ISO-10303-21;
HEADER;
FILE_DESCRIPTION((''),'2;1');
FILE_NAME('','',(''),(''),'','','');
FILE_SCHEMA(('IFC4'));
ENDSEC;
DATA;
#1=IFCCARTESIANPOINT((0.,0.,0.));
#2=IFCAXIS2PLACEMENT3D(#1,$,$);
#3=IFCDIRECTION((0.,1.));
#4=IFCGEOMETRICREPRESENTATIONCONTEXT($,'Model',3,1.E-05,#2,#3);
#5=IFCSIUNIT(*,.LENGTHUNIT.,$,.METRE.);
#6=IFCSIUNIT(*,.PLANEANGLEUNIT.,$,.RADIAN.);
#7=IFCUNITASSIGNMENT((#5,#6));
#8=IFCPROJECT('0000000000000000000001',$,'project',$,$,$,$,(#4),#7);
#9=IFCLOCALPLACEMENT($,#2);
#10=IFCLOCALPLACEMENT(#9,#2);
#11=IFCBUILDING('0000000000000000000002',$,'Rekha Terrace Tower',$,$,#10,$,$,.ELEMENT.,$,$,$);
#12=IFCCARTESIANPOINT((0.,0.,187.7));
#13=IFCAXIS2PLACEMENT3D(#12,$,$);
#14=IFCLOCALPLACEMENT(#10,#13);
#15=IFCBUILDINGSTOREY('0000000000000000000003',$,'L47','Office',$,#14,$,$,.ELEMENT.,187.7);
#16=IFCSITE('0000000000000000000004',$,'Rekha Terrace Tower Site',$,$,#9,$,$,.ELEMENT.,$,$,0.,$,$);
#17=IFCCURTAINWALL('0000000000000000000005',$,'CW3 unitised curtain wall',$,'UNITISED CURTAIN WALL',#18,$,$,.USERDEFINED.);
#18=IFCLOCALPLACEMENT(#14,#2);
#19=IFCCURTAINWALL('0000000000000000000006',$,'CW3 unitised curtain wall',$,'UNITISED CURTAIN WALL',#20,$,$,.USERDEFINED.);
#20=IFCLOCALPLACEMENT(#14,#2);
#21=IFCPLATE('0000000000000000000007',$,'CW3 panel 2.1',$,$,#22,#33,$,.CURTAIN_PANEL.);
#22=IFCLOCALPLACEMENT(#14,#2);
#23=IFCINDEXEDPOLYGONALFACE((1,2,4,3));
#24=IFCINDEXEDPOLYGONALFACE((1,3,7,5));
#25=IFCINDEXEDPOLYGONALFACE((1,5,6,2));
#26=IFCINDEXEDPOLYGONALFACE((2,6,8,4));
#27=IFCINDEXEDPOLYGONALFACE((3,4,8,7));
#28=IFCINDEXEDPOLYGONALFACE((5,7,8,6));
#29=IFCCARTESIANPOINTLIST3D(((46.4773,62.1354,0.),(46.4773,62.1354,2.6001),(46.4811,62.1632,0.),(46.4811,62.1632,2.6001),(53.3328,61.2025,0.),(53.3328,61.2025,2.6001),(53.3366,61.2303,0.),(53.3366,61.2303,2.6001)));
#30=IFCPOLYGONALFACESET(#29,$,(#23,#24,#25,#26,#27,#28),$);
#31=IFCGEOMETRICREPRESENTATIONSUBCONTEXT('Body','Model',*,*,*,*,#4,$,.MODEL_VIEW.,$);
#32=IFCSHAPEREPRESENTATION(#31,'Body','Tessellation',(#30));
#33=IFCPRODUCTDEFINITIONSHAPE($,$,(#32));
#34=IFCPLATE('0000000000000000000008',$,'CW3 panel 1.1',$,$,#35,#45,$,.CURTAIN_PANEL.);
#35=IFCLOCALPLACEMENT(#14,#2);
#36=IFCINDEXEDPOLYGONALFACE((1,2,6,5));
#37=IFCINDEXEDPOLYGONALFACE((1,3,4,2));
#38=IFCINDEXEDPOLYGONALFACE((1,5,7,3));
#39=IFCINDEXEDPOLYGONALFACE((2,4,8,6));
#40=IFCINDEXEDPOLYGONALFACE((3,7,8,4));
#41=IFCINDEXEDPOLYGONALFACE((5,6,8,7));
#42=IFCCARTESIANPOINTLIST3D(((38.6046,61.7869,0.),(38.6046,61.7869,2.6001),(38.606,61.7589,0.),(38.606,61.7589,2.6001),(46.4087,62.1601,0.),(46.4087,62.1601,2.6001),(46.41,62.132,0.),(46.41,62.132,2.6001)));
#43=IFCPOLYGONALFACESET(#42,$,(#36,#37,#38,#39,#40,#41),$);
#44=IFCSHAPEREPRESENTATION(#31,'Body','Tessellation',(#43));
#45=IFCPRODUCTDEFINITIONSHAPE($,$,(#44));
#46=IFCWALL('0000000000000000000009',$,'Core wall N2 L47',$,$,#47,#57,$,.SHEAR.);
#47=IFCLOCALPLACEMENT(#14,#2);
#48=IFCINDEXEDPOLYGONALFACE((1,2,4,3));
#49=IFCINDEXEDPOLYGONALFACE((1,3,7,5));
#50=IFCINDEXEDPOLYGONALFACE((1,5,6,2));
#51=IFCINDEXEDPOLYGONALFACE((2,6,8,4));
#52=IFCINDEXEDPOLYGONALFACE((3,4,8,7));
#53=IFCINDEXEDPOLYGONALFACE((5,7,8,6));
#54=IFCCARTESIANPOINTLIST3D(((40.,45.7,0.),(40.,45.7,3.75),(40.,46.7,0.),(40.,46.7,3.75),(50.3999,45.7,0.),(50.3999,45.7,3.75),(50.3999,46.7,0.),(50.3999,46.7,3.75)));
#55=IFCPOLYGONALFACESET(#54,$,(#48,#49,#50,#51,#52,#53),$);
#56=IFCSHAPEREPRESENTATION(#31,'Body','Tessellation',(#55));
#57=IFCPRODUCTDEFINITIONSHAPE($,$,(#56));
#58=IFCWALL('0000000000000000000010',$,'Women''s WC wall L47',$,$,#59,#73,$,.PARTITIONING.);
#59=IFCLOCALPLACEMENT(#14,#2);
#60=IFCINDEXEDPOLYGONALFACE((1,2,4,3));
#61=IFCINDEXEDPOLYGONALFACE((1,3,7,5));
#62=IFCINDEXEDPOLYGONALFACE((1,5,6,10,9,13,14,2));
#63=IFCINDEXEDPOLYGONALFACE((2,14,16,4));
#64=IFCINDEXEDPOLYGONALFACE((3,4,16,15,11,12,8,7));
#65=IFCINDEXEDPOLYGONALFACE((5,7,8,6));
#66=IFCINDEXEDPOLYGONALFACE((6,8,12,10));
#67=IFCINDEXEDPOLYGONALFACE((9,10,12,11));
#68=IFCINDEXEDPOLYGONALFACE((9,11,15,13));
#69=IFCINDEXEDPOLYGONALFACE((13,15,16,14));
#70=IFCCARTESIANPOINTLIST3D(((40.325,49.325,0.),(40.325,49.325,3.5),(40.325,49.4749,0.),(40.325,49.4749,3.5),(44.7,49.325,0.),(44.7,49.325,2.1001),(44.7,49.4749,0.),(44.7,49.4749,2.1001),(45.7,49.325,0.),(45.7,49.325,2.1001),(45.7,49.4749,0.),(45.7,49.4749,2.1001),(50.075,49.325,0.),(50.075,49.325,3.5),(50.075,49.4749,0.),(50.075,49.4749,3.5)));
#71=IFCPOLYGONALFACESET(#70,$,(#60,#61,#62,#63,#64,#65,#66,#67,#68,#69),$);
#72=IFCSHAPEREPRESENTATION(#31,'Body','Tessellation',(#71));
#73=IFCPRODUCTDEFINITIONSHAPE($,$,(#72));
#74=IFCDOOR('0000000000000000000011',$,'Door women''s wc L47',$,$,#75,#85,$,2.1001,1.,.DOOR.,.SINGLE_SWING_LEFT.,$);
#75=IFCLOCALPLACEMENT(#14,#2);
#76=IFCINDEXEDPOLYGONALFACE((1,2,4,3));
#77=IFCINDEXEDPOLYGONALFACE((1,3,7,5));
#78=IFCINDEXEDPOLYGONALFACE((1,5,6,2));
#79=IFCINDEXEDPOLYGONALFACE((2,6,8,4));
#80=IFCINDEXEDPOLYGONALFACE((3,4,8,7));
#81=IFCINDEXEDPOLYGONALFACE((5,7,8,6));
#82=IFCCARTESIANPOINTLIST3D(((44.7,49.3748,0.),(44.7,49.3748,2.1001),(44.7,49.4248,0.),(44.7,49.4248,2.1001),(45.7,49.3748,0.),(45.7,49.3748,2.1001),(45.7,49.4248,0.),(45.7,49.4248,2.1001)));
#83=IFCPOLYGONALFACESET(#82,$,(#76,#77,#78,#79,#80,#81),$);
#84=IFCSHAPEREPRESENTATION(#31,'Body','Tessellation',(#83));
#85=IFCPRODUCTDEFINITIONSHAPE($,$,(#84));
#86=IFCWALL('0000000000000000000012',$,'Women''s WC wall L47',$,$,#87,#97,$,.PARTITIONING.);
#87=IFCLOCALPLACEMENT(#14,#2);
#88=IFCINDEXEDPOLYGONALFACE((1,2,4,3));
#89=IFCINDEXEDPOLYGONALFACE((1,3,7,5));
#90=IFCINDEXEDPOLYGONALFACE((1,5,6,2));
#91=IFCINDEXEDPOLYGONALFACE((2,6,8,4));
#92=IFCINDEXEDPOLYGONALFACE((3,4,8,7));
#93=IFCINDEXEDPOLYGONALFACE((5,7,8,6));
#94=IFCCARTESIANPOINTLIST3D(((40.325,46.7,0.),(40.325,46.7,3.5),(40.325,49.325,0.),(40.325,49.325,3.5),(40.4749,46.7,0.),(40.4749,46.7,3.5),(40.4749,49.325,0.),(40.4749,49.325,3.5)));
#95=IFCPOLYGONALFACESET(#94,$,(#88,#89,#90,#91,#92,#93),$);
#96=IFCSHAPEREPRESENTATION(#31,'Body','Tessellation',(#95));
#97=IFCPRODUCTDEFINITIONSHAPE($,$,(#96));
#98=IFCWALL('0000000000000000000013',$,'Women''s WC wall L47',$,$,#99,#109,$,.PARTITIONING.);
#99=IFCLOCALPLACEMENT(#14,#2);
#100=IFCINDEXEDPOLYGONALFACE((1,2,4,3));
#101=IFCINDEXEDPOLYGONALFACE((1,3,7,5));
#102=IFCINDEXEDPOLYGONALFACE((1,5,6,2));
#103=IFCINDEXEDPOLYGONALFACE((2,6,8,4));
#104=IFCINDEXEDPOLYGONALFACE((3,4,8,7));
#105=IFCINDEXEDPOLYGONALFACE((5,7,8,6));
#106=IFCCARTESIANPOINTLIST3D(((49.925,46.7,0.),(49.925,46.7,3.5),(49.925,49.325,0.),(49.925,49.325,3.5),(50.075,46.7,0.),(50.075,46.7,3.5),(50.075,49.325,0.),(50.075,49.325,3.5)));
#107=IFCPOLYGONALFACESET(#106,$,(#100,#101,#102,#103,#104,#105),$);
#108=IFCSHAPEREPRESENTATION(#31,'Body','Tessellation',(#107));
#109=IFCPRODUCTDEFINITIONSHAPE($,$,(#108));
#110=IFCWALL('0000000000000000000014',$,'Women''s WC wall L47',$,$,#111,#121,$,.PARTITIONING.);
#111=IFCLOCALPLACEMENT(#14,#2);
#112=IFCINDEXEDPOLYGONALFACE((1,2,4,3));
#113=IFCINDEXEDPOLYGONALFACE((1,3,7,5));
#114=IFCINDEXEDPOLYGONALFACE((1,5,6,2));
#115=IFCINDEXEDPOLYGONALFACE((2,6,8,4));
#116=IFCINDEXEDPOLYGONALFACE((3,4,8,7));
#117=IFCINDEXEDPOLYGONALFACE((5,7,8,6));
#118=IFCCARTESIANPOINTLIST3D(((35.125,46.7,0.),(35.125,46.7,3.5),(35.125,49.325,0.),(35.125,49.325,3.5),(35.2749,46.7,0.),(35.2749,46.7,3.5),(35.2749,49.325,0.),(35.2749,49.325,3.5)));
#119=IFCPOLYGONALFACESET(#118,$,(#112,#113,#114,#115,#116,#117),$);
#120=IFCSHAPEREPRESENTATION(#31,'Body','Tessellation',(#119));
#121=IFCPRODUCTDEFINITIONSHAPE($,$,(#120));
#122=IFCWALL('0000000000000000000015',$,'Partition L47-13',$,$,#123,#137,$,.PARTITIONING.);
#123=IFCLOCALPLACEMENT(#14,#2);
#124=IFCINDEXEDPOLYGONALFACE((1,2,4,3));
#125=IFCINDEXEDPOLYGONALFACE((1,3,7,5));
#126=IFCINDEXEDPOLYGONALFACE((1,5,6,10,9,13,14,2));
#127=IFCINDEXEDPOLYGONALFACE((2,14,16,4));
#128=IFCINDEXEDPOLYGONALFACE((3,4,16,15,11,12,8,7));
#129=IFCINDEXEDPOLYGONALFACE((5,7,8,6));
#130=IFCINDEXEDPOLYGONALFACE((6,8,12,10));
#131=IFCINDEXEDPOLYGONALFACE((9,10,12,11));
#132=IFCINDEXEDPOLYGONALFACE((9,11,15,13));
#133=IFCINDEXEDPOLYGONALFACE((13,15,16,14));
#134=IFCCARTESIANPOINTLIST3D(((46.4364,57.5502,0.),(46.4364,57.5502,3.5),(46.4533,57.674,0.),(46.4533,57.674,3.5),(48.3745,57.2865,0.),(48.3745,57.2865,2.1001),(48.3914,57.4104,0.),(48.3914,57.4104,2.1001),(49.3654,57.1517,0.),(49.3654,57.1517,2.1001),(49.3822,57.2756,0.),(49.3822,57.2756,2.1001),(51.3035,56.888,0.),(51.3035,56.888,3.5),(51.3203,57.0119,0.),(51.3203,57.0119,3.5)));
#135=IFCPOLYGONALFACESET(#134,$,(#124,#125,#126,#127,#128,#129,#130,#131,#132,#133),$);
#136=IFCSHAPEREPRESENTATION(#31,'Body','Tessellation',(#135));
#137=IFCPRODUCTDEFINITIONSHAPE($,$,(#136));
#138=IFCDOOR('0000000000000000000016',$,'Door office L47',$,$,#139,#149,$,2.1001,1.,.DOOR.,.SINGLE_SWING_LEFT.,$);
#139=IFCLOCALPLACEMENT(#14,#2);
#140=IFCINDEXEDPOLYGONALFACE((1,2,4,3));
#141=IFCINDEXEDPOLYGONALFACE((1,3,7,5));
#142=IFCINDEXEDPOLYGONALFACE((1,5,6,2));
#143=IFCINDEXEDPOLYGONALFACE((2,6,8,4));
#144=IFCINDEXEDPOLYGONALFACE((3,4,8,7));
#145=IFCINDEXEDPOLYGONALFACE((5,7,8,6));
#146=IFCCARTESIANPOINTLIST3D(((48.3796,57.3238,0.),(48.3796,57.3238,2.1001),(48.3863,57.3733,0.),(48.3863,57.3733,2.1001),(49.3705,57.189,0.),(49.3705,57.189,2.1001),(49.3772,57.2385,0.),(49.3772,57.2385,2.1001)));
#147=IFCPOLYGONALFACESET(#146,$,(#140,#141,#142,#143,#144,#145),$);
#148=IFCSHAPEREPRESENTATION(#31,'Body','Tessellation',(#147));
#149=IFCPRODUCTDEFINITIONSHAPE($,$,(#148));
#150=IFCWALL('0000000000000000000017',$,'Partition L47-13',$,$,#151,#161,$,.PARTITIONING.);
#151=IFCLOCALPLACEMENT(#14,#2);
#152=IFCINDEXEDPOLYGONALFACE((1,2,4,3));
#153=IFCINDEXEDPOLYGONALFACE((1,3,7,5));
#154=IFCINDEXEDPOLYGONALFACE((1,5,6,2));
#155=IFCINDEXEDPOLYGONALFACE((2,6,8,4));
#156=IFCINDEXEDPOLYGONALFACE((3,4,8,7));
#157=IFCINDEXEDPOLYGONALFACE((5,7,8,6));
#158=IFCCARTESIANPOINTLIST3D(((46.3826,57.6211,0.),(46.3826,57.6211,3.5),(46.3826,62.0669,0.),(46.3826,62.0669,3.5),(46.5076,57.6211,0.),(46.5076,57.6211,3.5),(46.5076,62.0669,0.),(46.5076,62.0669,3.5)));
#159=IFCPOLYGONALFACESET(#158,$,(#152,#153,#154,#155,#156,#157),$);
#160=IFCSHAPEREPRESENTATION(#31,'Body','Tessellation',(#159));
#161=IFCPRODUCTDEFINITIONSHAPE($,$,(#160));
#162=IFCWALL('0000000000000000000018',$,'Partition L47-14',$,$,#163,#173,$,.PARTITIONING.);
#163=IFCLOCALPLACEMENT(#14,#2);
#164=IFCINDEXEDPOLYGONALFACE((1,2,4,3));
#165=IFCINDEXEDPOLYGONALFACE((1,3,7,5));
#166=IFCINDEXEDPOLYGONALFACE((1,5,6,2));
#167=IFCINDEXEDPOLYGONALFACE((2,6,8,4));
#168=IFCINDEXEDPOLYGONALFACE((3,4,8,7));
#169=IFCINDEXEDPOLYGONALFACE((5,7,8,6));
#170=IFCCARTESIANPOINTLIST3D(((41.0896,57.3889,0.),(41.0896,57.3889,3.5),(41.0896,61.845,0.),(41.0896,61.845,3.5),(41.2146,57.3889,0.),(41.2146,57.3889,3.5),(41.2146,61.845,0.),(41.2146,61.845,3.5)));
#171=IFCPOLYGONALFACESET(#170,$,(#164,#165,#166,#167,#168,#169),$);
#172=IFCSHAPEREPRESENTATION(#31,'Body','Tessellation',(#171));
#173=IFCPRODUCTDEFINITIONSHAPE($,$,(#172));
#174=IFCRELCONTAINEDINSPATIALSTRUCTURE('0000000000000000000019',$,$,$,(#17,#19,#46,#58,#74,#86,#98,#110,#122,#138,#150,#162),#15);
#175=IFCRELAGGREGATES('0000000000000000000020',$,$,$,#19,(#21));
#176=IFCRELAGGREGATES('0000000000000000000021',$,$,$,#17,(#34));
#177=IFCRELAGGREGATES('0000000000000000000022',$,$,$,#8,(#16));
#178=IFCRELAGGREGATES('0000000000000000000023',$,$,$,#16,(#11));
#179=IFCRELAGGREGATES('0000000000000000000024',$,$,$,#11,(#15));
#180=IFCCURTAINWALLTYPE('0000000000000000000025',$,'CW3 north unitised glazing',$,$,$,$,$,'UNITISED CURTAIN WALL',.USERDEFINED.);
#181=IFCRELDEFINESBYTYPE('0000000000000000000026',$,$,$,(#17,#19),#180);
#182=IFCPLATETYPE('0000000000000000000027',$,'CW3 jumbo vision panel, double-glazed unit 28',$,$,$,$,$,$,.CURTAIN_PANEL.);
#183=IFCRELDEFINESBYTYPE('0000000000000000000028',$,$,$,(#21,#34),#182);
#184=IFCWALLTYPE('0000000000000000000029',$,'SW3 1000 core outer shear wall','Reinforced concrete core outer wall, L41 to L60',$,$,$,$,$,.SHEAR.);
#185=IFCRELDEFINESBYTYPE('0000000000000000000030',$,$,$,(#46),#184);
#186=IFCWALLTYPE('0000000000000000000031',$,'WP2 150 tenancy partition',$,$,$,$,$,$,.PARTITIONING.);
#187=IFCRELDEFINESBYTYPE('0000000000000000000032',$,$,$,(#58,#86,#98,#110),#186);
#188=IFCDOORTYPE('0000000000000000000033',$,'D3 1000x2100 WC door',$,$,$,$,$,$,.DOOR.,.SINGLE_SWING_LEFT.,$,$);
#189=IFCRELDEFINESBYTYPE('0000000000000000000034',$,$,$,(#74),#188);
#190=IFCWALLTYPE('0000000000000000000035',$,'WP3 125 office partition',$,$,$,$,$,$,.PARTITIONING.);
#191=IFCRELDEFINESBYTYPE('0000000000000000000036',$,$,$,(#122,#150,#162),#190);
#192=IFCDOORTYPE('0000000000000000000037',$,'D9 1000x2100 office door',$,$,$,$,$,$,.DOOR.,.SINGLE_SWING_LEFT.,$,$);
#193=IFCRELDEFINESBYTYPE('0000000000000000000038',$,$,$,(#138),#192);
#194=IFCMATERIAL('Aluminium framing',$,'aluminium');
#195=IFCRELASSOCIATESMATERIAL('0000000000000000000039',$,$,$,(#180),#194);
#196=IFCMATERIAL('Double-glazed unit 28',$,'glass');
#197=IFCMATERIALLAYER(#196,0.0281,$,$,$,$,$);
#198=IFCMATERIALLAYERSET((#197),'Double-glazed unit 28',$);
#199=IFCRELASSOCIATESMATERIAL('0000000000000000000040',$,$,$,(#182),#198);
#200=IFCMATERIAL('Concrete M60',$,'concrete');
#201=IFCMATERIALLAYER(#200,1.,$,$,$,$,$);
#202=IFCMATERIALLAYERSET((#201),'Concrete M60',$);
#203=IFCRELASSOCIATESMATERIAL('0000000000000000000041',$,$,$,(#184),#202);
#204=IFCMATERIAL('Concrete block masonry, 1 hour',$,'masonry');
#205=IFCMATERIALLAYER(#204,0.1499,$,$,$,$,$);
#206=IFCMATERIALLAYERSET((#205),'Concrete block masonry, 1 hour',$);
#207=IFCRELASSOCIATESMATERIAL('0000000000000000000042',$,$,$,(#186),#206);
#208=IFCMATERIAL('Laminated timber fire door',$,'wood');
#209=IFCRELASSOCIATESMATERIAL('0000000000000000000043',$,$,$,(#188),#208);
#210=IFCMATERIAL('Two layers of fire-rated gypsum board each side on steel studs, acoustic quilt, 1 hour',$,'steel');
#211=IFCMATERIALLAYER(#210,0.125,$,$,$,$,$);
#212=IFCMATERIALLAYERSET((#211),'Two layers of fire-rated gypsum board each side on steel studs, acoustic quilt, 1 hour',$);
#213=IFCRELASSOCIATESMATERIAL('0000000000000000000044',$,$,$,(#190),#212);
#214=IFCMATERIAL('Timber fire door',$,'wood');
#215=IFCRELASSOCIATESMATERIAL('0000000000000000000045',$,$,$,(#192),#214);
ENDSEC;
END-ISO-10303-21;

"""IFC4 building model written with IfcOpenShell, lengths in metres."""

from ifc_helpers import new_model, si_unit, direction, frame, frame_2d, origin, origin_2d, place, context, subcontext, project, spatial, rectangle, extrude, material, layer, layer_set, type_object, element, fill, aggregate, save


model = new_model("IFC4")

# Units and contexts
model_context = context("Model", 3, precision=1e-05, world=origin(), true_north=direction((0.0, 1.0)))
body_context = subcontext(model_context, "Body", "Model", "MODEL_VIEW")
ifc_project = project(units=[si_unit("LENGTHUNIT", "METRE"), si_unit("PLANEANGLEUNIT", "RADIAN")], contexts=[model_context])

# Site, building, storey
site_placement = place(None, origin())
site = spatial("IfcSite", under=ifc_project, at=site_placement, Name="Rekha Terrace Tower Site", CompositionType="ELEMENT", RefElevation=0.0)
building_placement = place(site_placement, origin())
building = spatial("IfcBuilding", under=site, at=building_placement, Name="Rekha Terrace Tower", CompositionType="ELEMENT")
storey_placement = place(building_placement, frame((0.0, 0.0, 187.7)))
storey = spatial("IfcBuildingStorey", under=building, at=storey_placement, Name="L47", Description="Office", CompositionType="ELEMENT", Elevation=187.7)

# Shared definitions
ifc_material_1 = material(Name="Concrete M60", Category="concrete")

# Curtain wall
ifc_material_2 = material(Name="Aluminium framing", Category="aluminium")
curtain_wall_type = type_object("IfcCurtainWallType", Name="CW3 north unitised glazing", ElementType="UNITISED CURTAIN WALL", PredefinedType="USERDEFINED", material=ifc_material_2)
curtain_wall_1_placement = place(storey_placement, origin())
curtain_wall_1 = element("IfcCurtainWall", 1, at=curtain_wall_1_placement, inside=storey, type_object=curtain_wall_type, Name="CW3 unitised curtain wall", ObjectType="UNITISED CURTAIN WALL", PredefinedType="USERDEFINED")

# Curtain wall, plate
curtain_wall_2_placement = place(storey_placement, origin())
curtain_wall_2 = element("IfcCurtainWall", 2, at=curtain_wall_2_placement, inside=storey, type_object=curtain_wall_type, Name="CW3 unitised curtain wall", ObjectType="UNITISED CURTAIN WALL", PredefinedType="USERDEFINED")
ifc_material_3 = material(Name="Double-glazed unit 28", Category="glass")
ifc_layer_1 = layer(ifc_material_3, 0.0281)
ifc_layer_set_1 = layer_set([ifc_layer_1], Name="Double-glazed unit 28")
plate_type = type_object("IfcPlateType", Name="CW3 jumbo vision panel, double-glazed unit 28", PredefinedType="CURTAIN_PANEL", material=ifc_layer_set_1)
plate_1_placement = place(storey_placement, frame((49.907, 61.6829, 0.0), z_axis=(0.0, 0.0, 1.0), x_axis=(-0.990867, 0.134841, 0.0)))
plate_1 = element("IfcPlate", 3, at=plate_1_placement, type_object=plate_type, Name="CW3 panel 2.1", PredefinedType="CURTAIN_PANEL", context=body_context, shape_type="SweptSolid", body=[
    extrude(rectangle(XDim=6.9187, YDim=0.0281, at=origin_2d()), origin(), (0.0, 0.0, 1.0), 2.6001),
])
aggregate(curtain_wall_2, [plate_1])

# Plate
plate_2_placement = place(storey_placement, frame((42.5073, 61.9595, 0.0), z_axis=(0.0, 0.0, 1.0), x_axis=(-0.998859, -0.047759, 0.0)))
plate_2 = element("IfcPlate", 4, at=plate_2_placement, type_object=plate_type, Name="CW3 panel 1.1", PredefinedType="CURTAIN_PANEL", context=body_context, shape_type="SweptSolid", body=[
    extrude(rectangle(XDim=7.813, YDim=0.0281, at=origin_2d()), origin(), (0.0, 0.0, 1.0), 2.6001),
])
aggregate(curtain_wall_1, [plate_2])

# Wall
ifc_layer_2 = layer(ifc_material_1, 1.0)
ifc_layer_set_2 = layer_set([ifc_layer_2], Name="Concrete M60")
wall_type_1 = type_object("IfcWallType", Name="SW3 1000 core outer shear wall", Description="Reinforced concrete core outer wall, L41 to L60", PredefinedType="SHEAR", material=ifc_layer_set_2)
wall_1_placement = place(storey_placement, frame((40.0, 46.2, 0.0), z_axis=(0.0, 0.0, 1.0), x_axis=(1.0, 0.0, 0.0)))
element("IfcWall", 5, at=wall_1_placement, inside=storey, type_object=wall_type_1, Name="Core wall N2 L47", PredefinedType="SHEAR", context=body_context, shape_type="SweptSolid", body=[
    extrude(rectangle(XDim=10.3999, YDim=1.0, at=frame_2d((5.2, 0.0))), origin(), (0.0, 0.0, 1.0), 3.75),
])

# Wall, opening, door
ifc_material_4 = material(Name="Concrete block masonry, 1 hour", Category="masonry")
ifc_layer_3 = layer(ifc_material_4, 0.1499)
ifc_layer_set_3 = layer_set([ifc_layer_3], Name="Concrete block masonry, 1 hour")
wall_type_2 = type_object("IfcWallType", Name="WP2 150 tenancy partition", PredefinedType="PARTITIONING", material=ifc_layer_set_3)
wall_2_placement = place(storey_placement, frame((40.325, 49.3999, 0.0), z_axis=(0.0, 0.0, 1.0), x_axis=(1.0, 0.0, 0.0)))
wall_2 = element("IfcWall", 6, at=wall_2_placement, inside=storey, type_object=wall_type_2, Name="Women's WC wall L47", PredefinedType="PARTITIONING", context=body_context, shape_type="SweptSolid", body=[
    extrude(rectangle(XDim=9.75, YDim=0.1499, at=frame_2d((4.875, 0.0))), origin(), (0.0, 0.0, 1.0), 3.5),
])
opening_1_placement = place(wall_2_placement, frame((4.375, 0.0, 0.0)))
opening_1 = element("IfcOpeningElement", 7, at=opening_1_placement, cuts=wall_2, PredefinedType="OPENING", context=body_context, shape_type="SweptSolid", body=[
    extrude(rectangle(XDim=1.0, YDim=2.1001, at=frame_2d((0.5, 1.05))), frame((0.0, 0.085, 0.0), z_axis=(0.0, -1.0, 0.0), x_axis=(1.0, 0.0, 0.0)), (0.0, 0.0, 1.0), 0.1699),
])
ifc_material_5 = material(Name="Laminated timber fire door", Category="wood")
door_type_1 = type_object("IfcDoorType", Name="D3 1000x2100 WC door", OperationType="SINGLE_SWING_LEFT", PredefinedType="DOOR", material=ifc_material_5)
door_1_placement = place(opening_1_placement, origin())
door_1 = element("IfcDoor", 8, at=door_1_placement, inside=storey, type_object=door_type_1, Name="Door women's wc L47", OperationType="SINGLE_SWING_LEFT", OverallHeight=2.1001, OverallWidth=1.0, PredefinedType="DOOR", context=body_context, shape_type="SweptSolid", body=[
    extrude(rectangle(XDim=1.0, YDim=2.1001, at=frame_2d((0.5, 1.05))), frame((0.0, 0.0249, 0.0), z_axis=(0.0, -1.0, 0.0), x_axis=(1.0, 0.0, 0.0)), (0.0, 0.0, 1.0), 0.05),
])
fill(opening_1, door_1)

# Walls
for number, where, z_axis, x_axis, name in (
    (9, (40.3999, 46.7, 0.0), (0.0, 0.0, 1.0), (0.0, 1.0, 0.0), "Women's WC wall L47"),
    (10, (50.0, 46.7, 0.0), (0.0, 0.0, 1.0), (0.0, 1.0, 0.0), "Women's WC wall L47"),
    (11, (35.2, 46.7, 0.0), (0.0, 0.0, 1.0), (0.0, 1.0, 0.0), "Women's WC wall L47"),
):
    element("IfcWall", number, at=place(storey_placement, frame(where, z_axis=z_axis, x_axis=x_axis)), inside=storey, type_object=wall_type_2, Name=name, PredefinedType="PARTITIONING", context=body_context, shape_type="SweptSolid", body=[
        extrude(rectangle(XDim=2.625, YDim=0.1499, at=frame_2d((1.3125, 0.0))), origin(), (0.0, 0.0, 1.0), 3.5),
    ])

# Wall, opening, door
ifc_material_6 = material(Name="Two layers of fire-rated gypsum board each side on steel studs, acoustic quilt, 1 hour", Category="steel")
ifc_layer_4 = layer(ifc_material_6, 0.125)
ifc_layer_set_4 = layer_set([ifc_layer_4], Name="Two layers of fire-rated gypsum board each side on steel studs, acoustic quilt, 1 hour")
wall_type_3 = type_object("IfcWallType", Name="WP3 125 office partition", PredefinedType="PARTITIONING", material=ifc_layer_set_4)
wall_3_placement = place(storey_placement, frame((51.312, 56.95, 0.0), z_axis=(0.0, 0.0, 1.0), x_axis=(-0.990873, 0.1348, 0.0)))
wall_3 = element("IfcWall", 12, at=wall_3_placement, inside=storey, type_object=wall_type_3, Name="Partition L47-13", PredefinedType="PARTITIONING", context=body_context, shape_type="SweptSolid", body=[
    extrude(rectangle(XDim=4.9119, YDim=0.125, at=frame_2d((2.4561, 0.0))), origin(), (0.0, 0.0, 1.0), 3.5),
])
opening_2_placement = place(wall_3_placement, frame((1.9561, 0.0, 0.0)))
opening_2 = element("IfcOpeningElement", 13, at=opening_2_placement, cuts=wall_3, PredefinedType="OPENING", context=body_context, shape_type="SweptSolid", body=[
    extrude(rectangle(XDim=1.0, YDim=2.1001, at=frame_2d((0.5, 1.05))), frame((0.0, 0.0725, 0.0), z_axis=(0.0, -1.0, 0.0), x_axis=(1.0, 0.0, 0.0)), (0.0, 0.0, 1.0), 0.145),
])
ifc_material_7 = material(Name="Timber fire door", Category="wood")
door_type_2 = type_object("IfcDoorType", Name="D9 1000x2100 office door", OperationType="SINGLE_SWING_LEFT", PredefinedType="DOOR", material=ifc_material_7)
door_2_placement = place(opening_2_placement, origin())
door_2 = element("IfcDoor", 14, at=door_2_placement, inside=storey, type_object=door_type_2, Name="Door office L47", OperationType="SINGLE_SWING_LEFT", OverallHeight=2.1001, OverallWidth=1.0, PredefinedType="DOOR", context=body_context, shape_type="SweptSolid", body=[
    extrude(rectangle(XDim=1.0, YDim=2.1001, at=frame_2d((0.5, 1.05))), frame((0.0, 0.0249, 0.0), z_axis=(0.0, -1.0, 0.0), x_axis=(1.0, 0.0, 0.0)), (0.0, 0.0, 1.0), 0.05),
])
fill(opening_2, door_2)

# Walls
wall_4_placement = place(storey_placement, frame((46.4451, 57.6211, 0.0), z_axis=(0.0, 0.0, 1.0), x_axis=(0.0, 1.0, 0.0)))
element("IfcWall", 15, at=wall_4_placement, inside=storey, type_object=wall_type_3, Name="Partition L47-13", PredefinedType="PARTITIONING", context=body_context, shape_type="SweptSolid", body=[
    extrude(rectangle(XDim=4.4458, YDim=0.125, at=frame_2d((2.2229, 0.0))), origin(), (0.0, 0.0, 1.0), 3.5),
])
wall_5_placement = place(storey_placement, frame((41.1521, 57.3889, 0.0), z_axis=(0.0, 0.0, 1.0), x_axis=(0.0, 1.0, 0.0)))
element("IfcWall", 16, at=wall_5_placement, inside=storey, type_object=wall_type_3, Name="Partition L47-14", PredefinedType="PARTITIONING", context=body_context, shape_type="SweptSolid", body=[
    extrude(rectangle(XDim=4.4561, YDim=0.125, at=frame_2d((2.228, 0.0))), origin(), (0.0, 0.0, 1.0), 3.5),
])

save(model, "model.ifc")
